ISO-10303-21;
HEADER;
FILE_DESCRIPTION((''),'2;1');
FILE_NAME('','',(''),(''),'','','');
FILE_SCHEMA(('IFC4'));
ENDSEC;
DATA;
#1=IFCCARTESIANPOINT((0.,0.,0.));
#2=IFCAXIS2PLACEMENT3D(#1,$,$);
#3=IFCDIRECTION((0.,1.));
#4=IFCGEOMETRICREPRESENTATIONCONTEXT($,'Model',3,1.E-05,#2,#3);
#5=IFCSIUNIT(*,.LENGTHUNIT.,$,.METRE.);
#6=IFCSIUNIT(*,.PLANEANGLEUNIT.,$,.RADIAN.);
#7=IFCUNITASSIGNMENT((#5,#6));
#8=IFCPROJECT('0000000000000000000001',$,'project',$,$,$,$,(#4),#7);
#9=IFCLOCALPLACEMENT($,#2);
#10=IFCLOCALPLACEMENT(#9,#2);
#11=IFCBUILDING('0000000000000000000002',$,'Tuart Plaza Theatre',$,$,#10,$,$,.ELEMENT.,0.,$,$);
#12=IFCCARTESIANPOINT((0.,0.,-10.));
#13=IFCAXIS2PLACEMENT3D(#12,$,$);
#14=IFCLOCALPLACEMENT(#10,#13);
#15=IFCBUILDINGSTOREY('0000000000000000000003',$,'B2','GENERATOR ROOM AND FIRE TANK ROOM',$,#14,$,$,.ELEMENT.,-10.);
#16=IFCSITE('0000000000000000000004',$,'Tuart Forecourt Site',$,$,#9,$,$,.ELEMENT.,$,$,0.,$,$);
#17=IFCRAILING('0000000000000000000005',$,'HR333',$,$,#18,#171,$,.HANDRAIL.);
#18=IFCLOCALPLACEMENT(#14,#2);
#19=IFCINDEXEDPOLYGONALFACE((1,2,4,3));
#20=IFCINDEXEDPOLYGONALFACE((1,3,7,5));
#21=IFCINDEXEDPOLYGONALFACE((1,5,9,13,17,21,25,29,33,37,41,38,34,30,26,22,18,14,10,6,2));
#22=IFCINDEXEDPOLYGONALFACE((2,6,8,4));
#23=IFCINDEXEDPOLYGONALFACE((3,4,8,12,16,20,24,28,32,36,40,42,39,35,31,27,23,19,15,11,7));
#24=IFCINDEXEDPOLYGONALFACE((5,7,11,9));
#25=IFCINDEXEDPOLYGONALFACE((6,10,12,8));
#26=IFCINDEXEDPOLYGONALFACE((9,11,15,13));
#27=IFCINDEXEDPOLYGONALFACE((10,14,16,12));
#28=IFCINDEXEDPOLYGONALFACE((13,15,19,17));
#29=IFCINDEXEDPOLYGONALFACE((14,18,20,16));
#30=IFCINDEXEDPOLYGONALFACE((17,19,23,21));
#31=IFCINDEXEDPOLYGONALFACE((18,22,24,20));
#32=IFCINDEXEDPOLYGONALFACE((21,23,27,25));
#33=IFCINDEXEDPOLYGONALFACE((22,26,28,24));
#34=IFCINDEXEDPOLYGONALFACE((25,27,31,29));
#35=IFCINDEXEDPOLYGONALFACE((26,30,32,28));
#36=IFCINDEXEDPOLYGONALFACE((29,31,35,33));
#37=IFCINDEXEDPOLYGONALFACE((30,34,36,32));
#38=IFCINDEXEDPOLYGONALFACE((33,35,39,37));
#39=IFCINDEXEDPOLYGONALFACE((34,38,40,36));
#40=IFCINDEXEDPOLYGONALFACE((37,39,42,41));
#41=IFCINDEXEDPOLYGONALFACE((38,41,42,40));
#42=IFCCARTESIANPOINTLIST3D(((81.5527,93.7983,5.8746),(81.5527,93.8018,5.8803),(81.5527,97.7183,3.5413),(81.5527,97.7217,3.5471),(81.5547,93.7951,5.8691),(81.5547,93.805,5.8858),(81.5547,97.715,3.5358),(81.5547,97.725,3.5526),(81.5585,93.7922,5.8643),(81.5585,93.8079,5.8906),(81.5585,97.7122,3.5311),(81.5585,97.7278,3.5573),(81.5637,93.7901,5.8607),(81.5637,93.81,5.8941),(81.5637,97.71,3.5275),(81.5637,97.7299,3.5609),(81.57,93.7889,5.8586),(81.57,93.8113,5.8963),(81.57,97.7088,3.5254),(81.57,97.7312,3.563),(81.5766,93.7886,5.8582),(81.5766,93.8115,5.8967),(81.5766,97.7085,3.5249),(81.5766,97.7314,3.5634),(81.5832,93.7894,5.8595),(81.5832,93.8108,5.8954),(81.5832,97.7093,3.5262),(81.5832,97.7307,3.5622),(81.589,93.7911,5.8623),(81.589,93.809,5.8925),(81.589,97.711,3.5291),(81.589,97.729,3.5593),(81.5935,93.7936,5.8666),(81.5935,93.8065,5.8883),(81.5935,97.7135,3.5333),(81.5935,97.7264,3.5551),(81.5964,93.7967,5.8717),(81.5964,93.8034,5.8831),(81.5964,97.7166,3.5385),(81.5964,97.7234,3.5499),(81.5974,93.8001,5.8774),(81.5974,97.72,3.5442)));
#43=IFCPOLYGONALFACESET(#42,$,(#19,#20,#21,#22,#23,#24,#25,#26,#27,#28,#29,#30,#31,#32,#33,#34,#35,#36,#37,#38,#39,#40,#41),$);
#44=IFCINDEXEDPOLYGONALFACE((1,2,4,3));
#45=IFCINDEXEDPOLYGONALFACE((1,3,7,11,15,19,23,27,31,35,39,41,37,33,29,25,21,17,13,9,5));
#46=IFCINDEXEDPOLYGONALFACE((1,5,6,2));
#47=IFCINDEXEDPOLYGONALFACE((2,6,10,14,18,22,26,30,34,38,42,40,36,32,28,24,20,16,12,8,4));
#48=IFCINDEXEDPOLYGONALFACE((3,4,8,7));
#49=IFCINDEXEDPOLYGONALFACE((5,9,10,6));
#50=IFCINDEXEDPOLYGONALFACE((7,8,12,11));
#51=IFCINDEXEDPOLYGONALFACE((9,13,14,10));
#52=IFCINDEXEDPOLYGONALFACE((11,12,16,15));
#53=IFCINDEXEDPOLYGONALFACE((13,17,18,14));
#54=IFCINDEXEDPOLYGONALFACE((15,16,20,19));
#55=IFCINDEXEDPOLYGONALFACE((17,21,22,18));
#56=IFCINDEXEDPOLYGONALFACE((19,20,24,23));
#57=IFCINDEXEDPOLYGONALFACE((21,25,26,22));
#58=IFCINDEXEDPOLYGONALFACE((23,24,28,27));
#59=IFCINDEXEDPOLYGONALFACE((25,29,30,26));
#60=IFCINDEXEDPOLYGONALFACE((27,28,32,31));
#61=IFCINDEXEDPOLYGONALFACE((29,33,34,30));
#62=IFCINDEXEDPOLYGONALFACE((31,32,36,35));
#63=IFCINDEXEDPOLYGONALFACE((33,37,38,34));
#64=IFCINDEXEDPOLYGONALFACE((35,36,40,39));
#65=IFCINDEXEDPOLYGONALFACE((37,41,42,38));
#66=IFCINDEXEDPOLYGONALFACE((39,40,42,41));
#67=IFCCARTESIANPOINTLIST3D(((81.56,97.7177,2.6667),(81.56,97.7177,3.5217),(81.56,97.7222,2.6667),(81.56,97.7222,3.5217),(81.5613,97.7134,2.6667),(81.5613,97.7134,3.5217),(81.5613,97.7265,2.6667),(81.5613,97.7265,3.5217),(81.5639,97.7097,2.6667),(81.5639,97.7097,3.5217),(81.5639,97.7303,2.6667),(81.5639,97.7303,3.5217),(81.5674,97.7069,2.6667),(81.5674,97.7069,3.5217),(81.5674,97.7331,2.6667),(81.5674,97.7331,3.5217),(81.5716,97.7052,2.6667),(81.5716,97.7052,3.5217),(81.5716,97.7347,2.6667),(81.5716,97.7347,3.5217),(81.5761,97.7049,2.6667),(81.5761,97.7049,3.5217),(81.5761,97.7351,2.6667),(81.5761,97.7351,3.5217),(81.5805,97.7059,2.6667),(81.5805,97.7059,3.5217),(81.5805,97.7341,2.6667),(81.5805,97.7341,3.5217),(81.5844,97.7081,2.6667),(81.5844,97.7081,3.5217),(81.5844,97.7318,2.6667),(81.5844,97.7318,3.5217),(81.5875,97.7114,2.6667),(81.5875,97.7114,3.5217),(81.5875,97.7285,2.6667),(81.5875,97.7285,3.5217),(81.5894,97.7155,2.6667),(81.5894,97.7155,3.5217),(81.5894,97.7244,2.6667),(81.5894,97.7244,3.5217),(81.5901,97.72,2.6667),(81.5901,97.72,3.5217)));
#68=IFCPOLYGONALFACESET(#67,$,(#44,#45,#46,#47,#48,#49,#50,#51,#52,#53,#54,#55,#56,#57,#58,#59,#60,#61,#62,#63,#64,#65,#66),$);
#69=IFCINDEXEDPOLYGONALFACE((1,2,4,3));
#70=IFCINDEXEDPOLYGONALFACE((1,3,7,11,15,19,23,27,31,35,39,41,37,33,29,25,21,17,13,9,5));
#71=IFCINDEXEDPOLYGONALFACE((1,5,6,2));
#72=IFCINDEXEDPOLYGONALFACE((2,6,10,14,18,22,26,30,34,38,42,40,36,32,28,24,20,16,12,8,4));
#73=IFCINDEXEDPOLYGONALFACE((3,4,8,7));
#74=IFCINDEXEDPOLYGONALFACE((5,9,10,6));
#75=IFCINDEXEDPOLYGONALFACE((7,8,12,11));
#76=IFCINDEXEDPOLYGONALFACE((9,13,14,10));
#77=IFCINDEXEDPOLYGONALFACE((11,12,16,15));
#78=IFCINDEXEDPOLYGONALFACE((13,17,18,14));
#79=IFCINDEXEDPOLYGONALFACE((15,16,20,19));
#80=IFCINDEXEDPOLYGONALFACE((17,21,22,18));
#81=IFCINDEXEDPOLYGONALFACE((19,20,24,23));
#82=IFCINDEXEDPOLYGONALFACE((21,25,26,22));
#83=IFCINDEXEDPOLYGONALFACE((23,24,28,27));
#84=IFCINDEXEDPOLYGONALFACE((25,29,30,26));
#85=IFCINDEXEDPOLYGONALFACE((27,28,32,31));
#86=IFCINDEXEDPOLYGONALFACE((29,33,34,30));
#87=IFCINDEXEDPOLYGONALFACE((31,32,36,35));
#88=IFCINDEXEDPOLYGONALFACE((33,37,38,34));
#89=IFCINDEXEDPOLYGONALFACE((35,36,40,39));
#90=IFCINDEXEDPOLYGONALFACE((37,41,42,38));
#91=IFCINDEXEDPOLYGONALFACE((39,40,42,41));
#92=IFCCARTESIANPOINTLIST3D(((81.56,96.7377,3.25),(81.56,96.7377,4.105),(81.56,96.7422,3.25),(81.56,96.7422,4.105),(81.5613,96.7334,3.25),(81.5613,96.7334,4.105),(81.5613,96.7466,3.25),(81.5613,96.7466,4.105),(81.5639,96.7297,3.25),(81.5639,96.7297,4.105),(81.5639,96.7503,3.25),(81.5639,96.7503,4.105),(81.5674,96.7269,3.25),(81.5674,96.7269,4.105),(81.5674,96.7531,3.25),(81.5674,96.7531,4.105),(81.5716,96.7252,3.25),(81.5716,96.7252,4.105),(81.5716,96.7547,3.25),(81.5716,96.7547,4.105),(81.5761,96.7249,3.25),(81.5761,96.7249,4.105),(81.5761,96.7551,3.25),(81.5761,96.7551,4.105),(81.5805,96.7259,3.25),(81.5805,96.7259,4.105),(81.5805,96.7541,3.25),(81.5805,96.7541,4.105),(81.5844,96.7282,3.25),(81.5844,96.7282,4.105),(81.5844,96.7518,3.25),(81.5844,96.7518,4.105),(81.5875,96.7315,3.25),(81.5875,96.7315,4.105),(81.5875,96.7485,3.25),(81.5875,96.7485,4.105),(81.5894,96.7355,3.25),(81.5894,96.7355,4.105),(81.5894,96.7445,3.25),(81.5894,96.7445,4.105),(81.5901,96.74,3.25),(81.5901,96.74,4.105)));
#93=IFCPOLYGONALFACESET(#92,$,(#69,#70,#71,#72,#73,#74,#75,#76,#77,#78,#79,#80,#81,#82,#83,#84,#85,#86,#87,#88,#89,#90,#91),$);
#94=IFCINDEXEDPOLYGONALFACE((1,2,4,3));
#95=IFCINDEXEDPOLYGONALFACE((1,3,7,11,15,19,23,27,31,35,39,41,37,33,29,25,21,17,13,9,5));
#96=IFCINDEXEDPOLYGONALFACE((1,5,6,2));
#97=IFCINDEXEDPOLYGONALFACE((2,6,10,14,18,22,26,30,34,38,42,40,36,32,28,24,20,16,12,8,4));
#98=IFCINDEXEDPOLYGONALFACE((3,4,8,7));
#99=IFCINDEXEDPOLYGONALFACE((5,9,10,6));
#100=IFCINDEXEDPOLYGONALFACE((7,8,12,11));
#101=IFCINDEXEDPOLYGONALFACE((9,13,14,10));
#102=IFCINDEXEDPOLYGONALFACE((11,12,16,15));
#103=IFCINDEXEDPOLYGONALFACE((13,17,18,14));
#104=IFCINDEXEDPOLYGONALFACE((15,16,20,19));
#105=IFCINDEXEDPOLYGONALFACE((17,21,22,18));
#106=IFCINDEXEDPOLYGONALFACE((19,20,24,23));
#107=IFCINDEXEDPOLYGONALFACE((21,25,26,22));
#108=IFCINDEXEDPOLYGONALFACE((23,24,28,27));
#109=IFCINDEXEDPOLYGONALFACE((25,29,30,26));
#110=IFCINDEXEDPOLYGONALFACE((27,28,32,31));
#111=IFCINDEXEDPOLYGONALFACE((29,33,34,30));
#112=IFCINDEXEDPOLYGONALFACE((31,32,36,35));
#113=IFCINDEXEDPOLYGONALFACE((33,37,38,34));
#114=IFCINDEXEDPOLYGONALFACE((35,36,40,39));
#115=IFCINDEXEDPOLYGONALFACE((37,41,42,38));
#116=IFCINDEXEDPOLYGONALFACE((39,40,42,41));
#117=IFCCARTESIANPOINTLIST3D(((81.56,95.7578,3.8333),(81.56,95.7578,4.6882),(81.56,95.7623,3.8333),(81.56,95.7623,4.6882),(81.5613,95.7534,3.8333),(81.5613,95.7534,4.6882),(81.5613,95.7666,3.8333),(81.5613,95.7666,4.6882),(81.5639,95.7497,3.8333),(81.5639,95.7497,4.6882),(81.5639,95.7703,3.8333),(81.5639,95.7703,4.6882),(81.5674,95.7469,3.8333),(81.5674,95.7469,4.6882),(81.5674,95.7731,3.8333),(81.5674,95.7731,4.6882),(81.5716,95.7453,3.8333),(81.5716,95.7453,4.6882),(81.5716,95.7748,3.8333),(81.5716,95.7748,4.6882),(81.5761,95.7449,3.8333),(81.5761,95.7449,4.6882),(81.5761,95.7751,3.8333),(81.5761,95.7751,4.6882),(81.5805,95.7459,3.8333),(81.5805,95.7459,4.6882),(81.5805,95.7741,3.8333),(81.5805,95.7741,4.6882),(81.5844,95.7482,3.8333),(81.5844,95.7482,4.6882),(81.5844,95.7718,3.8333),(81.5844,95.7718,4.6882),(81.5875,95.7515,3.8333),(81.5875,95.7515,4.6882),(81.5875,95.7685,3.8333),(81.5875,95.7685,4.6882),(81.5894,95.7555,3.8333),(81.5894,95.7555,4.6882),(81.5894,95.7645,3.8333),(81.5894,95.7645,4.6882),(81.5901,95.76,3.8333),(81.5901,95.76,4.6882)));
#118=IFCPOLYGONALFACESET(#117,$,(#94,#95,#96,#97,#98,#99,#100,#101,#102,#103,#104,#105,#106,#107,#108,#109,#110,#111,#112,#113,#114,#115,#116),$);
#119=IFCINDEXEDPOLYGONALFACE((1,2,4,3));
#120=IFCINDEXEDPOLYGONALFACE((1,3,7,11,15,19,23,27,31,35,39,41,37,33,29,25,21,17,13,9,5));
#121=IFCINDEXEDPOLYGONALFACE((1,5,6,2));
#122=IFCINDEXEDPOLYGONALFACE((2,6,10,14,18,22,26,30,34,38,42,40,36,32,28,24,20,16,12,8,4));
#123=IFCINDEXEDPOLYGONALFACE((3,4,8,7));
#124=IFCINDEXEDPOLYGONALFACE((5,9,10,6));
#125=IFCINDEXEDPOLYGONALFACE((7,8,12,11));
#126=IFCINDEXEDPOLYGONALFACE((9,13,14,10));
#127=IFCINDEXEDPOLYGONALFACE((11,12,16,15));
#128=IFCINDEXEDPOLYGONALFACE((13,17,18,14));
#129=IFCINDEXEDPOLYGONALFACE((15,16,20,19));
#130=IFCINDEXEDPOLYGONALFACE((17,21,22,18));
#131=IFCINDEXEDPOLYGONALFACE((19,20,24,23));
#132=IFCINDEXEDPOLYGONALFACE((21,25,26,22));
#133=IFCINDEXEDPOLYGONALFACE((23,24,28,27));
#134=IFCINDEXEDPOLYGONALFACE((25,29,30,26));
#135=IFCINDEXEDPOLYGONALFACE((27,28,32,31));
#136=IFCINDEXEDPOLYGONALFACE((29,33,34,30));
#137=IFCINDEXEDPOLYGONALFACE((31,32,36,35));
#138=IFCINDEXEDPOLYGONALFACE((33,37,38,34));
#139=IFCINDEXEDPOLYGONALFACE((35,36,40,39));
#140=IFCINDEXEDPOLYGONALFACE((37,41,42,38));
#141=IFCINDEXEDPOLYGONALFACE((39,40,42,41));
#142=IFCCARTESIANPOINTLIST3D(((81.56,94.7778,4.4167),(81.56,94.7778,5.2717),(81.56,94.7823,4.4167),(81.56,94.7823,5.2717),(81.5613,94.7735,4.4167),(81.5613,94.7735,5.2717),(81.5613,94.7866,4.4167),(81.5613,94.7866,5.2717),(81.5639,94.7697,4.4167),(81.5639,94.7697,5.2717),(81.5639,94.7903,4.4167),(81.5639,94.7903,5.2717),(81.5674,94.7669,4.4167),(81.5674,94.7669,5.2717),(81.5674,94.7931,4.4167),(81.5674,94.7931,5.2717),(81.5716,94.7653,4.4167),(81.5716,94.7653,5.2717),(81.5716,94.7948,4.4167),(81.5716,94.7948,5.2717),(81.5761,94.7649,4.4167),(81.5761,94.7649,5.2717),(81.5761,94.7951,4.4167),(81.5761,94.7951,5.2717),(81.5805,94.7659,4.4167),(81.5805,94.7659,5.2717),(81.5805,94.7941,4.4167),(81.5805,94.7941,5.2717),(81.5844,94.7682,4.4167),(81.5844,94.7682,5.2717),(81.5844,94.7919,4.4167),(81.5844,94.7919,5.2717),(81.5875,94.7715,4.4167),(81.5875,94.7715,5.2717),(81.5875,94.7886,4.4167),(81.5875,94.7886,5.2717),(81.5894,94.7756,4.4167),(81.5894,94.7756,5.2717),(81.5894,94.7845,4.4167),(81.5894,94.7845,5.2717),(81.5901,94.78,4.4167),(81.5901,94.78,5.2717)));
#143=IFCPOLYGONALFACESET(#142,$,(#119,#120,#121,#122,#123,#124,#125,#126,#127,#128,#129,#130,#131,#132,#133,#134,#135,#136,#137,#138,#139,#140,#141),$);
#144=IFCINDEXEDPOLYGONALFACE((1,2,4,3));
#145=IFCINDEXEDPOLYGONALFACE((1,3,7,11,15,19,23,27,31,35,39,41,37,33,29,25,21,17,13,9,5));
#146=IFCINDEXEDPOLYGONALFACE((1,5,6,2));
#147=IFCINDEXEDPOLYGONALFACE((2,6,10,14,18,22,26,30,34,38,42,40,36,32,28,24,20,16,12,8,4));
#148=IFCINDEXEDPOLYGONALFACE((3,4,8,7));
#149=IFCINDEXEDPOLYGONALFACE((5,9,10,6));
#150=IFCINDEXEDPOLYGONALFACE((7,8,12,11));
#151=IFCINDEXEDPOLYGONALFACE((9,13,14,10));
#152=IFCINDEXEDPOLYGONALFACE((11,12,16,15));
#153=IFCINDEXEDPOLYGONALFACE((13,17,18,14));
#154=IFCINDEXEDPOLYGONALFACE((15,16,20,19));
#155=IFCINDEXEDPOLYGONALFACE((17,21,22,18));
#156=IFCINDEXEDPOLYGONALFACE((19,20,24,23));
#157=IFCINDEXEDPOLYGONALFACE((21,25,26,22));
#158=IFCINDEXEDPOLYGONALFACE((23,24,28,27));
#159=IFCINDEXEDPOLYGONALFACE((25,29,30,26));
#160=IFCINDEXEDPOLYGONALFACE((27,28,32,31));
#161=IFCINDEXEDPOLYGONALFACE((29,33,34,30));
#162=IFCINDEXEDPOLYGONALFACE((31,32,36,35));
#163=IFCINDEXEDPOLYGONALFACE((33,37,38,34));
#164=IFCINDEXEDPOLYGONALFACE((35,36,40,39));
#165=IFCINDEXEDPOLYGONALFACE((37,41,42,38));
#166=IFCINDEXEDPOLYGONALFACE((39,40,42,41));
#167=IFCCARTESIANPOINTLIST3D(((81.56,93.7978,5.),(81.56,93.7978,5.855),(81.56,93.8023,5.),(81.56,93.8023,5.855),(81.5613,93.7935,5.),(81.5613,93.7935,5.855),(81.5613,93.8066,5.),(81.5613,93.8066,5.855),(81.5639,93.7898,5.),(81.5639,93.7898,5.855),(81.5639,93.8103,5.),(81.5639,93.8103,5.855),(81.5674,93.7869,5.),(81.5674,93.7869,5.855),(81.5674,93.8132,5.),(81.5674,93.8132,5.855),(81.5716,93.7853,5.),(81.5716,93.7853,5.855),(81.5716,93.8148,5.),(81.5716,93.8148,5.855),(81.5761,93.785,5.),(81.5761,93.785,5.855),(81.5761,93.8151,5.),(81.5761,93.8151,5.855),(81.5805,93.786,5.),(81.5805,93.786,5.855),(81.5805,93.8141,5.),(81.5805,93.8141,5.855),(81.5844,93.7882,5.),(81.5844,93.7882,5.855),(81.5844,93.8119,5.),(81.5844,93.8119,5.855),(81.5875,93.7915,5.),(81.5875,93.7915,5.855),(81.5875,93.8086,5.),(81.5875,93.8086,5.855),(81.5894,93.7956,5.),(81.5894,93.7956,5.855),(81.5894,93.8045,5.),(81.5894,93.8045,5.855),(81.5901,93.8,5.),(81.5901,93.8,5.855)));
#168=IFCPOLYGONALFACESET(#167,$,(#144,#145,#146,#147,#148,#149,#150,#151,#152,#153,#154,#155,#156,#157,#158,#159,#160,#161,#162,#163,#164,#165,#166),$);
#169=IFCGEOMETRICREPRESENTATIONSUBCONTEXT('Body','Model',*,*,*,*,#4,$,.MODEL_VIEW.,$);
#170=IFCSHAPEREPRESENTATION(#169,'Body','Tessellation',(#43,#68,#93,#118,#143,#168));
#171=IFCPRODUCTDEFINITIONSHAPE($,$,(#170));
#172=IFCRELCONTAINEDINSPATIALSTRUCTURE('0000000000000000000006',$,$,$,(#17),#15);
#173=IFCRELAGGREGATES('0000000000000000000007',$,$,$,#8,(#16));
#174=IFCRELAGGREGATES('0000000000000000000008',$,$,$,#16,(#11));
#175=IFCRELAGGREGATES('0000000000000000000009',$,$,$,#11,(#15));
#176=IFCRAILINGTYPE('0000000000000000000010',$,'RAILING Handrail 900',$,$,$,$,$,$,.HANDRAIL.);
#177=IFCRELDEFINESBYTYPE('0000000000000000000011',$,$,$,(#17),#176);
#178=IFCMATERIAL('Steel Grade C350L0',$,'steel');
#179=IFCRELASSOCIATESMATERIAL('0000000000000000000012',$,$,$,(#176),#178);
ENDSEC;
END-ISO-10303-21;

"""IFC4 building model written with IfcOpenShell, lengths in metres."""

from ifc_helpers import new_model, si_unit, direction, frame, origin, origin_2d, place, context, subcontext, project, spatial, circle, extrude, material, type_object, element, save


model = new_model("IFC4")

# Units and contexts
model_context = context("Model", 3, precision=1e-05, world=origin(), true_north=direction((0.0, 1.0)))
body_context = subcontext(model_context, "Body", "Model", "MODEL_VIEW")
ifc_project = project(units=[si_unit("LENGTHUNIT", "METRE"), si_unit("PLANEANGLEUNIT", "RADIAN")], contexts=[model_context])

# Site, building, storey
site_placement = place(None, origin())
site = spatial("IfcSite", under=ifc_project, at=site_placement, Name="Tuart Forecourt Site", CompositionType="ELEMENT", RefElevation=0.0)
building_placement = place(site_placement, origin())
building = spatial("IfcBuilding", under=site, at=building_placement, Name="Tuart Plaza Theatre", CompositionType="ELEMENT", ElevationOfRefHeight=0.0)
storey_placement = place(building_placement, frame((0.0, 0.0, -10.0)))
storey = spatial("IfcBuildingStorey", under=building, at=storey_placement, Name="B2", Description="GENERATOR ROOM AND FIRE TANK ROOM", CompositionType="ELEMENT", Elevation=-10.0)

# Railing
ifc_material_1 = material(Name="Steel Grade C350L0", Category="steel")
railing_type_1 = type_object("IfcRailingType", Name="RAILING Handrail 900", PredefinedType="HANDRAIL", material=ifc_material_1)
for number, where, name in (
    (1, (81.575, 97.72, 2.6667), "HR333"),
):
    element("IfcRailing", number, at=place(storey_placement, frame(where)), inside=storey, type_object=railing_type_1, Name=name, PredefinedType="HANDRAIL", context=body_context, shape_type="SweptSolid", body=[
        extrude(circle(Radius=0.0225, at=origin_2d()), frame((0.0, 0.0, 0.8774), z_axis=(0.0, -0.859296, 0.511478), x_axis=(1.0, 0.0, 0.0)), (0.0, 0.0, 1.0), 4.5618),
        extrude(circle(Radius=0.0151, at=origin_2d()), origin(), (0.0, 0.0, 1.0), 0.855),
        extrude(circle(Radius=0.0151, at=origin_2d()), frame((0.0, -0.98, 0.5833)), (0.0, 0.0, 1.0), 0.855),
        extrude(circle(Radius=0.0151, at=origin_2d()), frame((0.0, -1.96, 1.1665)), (0.0, 0.0, 1.0), 0.855),
        extrude(circle(Radius=0.0151, at=origin_2d()), frame((0.0, -2.9399, 1.75)), (0.0, 0.0, 1.0), 0.855),
        extrude(circle(Radius=0.0151, at=origin_2d()), frame((0.0, -3.9199, 2.3333)), (0.0, 0.0, 1.0), 0.855),
    ])

save(model, "model.ifc")
